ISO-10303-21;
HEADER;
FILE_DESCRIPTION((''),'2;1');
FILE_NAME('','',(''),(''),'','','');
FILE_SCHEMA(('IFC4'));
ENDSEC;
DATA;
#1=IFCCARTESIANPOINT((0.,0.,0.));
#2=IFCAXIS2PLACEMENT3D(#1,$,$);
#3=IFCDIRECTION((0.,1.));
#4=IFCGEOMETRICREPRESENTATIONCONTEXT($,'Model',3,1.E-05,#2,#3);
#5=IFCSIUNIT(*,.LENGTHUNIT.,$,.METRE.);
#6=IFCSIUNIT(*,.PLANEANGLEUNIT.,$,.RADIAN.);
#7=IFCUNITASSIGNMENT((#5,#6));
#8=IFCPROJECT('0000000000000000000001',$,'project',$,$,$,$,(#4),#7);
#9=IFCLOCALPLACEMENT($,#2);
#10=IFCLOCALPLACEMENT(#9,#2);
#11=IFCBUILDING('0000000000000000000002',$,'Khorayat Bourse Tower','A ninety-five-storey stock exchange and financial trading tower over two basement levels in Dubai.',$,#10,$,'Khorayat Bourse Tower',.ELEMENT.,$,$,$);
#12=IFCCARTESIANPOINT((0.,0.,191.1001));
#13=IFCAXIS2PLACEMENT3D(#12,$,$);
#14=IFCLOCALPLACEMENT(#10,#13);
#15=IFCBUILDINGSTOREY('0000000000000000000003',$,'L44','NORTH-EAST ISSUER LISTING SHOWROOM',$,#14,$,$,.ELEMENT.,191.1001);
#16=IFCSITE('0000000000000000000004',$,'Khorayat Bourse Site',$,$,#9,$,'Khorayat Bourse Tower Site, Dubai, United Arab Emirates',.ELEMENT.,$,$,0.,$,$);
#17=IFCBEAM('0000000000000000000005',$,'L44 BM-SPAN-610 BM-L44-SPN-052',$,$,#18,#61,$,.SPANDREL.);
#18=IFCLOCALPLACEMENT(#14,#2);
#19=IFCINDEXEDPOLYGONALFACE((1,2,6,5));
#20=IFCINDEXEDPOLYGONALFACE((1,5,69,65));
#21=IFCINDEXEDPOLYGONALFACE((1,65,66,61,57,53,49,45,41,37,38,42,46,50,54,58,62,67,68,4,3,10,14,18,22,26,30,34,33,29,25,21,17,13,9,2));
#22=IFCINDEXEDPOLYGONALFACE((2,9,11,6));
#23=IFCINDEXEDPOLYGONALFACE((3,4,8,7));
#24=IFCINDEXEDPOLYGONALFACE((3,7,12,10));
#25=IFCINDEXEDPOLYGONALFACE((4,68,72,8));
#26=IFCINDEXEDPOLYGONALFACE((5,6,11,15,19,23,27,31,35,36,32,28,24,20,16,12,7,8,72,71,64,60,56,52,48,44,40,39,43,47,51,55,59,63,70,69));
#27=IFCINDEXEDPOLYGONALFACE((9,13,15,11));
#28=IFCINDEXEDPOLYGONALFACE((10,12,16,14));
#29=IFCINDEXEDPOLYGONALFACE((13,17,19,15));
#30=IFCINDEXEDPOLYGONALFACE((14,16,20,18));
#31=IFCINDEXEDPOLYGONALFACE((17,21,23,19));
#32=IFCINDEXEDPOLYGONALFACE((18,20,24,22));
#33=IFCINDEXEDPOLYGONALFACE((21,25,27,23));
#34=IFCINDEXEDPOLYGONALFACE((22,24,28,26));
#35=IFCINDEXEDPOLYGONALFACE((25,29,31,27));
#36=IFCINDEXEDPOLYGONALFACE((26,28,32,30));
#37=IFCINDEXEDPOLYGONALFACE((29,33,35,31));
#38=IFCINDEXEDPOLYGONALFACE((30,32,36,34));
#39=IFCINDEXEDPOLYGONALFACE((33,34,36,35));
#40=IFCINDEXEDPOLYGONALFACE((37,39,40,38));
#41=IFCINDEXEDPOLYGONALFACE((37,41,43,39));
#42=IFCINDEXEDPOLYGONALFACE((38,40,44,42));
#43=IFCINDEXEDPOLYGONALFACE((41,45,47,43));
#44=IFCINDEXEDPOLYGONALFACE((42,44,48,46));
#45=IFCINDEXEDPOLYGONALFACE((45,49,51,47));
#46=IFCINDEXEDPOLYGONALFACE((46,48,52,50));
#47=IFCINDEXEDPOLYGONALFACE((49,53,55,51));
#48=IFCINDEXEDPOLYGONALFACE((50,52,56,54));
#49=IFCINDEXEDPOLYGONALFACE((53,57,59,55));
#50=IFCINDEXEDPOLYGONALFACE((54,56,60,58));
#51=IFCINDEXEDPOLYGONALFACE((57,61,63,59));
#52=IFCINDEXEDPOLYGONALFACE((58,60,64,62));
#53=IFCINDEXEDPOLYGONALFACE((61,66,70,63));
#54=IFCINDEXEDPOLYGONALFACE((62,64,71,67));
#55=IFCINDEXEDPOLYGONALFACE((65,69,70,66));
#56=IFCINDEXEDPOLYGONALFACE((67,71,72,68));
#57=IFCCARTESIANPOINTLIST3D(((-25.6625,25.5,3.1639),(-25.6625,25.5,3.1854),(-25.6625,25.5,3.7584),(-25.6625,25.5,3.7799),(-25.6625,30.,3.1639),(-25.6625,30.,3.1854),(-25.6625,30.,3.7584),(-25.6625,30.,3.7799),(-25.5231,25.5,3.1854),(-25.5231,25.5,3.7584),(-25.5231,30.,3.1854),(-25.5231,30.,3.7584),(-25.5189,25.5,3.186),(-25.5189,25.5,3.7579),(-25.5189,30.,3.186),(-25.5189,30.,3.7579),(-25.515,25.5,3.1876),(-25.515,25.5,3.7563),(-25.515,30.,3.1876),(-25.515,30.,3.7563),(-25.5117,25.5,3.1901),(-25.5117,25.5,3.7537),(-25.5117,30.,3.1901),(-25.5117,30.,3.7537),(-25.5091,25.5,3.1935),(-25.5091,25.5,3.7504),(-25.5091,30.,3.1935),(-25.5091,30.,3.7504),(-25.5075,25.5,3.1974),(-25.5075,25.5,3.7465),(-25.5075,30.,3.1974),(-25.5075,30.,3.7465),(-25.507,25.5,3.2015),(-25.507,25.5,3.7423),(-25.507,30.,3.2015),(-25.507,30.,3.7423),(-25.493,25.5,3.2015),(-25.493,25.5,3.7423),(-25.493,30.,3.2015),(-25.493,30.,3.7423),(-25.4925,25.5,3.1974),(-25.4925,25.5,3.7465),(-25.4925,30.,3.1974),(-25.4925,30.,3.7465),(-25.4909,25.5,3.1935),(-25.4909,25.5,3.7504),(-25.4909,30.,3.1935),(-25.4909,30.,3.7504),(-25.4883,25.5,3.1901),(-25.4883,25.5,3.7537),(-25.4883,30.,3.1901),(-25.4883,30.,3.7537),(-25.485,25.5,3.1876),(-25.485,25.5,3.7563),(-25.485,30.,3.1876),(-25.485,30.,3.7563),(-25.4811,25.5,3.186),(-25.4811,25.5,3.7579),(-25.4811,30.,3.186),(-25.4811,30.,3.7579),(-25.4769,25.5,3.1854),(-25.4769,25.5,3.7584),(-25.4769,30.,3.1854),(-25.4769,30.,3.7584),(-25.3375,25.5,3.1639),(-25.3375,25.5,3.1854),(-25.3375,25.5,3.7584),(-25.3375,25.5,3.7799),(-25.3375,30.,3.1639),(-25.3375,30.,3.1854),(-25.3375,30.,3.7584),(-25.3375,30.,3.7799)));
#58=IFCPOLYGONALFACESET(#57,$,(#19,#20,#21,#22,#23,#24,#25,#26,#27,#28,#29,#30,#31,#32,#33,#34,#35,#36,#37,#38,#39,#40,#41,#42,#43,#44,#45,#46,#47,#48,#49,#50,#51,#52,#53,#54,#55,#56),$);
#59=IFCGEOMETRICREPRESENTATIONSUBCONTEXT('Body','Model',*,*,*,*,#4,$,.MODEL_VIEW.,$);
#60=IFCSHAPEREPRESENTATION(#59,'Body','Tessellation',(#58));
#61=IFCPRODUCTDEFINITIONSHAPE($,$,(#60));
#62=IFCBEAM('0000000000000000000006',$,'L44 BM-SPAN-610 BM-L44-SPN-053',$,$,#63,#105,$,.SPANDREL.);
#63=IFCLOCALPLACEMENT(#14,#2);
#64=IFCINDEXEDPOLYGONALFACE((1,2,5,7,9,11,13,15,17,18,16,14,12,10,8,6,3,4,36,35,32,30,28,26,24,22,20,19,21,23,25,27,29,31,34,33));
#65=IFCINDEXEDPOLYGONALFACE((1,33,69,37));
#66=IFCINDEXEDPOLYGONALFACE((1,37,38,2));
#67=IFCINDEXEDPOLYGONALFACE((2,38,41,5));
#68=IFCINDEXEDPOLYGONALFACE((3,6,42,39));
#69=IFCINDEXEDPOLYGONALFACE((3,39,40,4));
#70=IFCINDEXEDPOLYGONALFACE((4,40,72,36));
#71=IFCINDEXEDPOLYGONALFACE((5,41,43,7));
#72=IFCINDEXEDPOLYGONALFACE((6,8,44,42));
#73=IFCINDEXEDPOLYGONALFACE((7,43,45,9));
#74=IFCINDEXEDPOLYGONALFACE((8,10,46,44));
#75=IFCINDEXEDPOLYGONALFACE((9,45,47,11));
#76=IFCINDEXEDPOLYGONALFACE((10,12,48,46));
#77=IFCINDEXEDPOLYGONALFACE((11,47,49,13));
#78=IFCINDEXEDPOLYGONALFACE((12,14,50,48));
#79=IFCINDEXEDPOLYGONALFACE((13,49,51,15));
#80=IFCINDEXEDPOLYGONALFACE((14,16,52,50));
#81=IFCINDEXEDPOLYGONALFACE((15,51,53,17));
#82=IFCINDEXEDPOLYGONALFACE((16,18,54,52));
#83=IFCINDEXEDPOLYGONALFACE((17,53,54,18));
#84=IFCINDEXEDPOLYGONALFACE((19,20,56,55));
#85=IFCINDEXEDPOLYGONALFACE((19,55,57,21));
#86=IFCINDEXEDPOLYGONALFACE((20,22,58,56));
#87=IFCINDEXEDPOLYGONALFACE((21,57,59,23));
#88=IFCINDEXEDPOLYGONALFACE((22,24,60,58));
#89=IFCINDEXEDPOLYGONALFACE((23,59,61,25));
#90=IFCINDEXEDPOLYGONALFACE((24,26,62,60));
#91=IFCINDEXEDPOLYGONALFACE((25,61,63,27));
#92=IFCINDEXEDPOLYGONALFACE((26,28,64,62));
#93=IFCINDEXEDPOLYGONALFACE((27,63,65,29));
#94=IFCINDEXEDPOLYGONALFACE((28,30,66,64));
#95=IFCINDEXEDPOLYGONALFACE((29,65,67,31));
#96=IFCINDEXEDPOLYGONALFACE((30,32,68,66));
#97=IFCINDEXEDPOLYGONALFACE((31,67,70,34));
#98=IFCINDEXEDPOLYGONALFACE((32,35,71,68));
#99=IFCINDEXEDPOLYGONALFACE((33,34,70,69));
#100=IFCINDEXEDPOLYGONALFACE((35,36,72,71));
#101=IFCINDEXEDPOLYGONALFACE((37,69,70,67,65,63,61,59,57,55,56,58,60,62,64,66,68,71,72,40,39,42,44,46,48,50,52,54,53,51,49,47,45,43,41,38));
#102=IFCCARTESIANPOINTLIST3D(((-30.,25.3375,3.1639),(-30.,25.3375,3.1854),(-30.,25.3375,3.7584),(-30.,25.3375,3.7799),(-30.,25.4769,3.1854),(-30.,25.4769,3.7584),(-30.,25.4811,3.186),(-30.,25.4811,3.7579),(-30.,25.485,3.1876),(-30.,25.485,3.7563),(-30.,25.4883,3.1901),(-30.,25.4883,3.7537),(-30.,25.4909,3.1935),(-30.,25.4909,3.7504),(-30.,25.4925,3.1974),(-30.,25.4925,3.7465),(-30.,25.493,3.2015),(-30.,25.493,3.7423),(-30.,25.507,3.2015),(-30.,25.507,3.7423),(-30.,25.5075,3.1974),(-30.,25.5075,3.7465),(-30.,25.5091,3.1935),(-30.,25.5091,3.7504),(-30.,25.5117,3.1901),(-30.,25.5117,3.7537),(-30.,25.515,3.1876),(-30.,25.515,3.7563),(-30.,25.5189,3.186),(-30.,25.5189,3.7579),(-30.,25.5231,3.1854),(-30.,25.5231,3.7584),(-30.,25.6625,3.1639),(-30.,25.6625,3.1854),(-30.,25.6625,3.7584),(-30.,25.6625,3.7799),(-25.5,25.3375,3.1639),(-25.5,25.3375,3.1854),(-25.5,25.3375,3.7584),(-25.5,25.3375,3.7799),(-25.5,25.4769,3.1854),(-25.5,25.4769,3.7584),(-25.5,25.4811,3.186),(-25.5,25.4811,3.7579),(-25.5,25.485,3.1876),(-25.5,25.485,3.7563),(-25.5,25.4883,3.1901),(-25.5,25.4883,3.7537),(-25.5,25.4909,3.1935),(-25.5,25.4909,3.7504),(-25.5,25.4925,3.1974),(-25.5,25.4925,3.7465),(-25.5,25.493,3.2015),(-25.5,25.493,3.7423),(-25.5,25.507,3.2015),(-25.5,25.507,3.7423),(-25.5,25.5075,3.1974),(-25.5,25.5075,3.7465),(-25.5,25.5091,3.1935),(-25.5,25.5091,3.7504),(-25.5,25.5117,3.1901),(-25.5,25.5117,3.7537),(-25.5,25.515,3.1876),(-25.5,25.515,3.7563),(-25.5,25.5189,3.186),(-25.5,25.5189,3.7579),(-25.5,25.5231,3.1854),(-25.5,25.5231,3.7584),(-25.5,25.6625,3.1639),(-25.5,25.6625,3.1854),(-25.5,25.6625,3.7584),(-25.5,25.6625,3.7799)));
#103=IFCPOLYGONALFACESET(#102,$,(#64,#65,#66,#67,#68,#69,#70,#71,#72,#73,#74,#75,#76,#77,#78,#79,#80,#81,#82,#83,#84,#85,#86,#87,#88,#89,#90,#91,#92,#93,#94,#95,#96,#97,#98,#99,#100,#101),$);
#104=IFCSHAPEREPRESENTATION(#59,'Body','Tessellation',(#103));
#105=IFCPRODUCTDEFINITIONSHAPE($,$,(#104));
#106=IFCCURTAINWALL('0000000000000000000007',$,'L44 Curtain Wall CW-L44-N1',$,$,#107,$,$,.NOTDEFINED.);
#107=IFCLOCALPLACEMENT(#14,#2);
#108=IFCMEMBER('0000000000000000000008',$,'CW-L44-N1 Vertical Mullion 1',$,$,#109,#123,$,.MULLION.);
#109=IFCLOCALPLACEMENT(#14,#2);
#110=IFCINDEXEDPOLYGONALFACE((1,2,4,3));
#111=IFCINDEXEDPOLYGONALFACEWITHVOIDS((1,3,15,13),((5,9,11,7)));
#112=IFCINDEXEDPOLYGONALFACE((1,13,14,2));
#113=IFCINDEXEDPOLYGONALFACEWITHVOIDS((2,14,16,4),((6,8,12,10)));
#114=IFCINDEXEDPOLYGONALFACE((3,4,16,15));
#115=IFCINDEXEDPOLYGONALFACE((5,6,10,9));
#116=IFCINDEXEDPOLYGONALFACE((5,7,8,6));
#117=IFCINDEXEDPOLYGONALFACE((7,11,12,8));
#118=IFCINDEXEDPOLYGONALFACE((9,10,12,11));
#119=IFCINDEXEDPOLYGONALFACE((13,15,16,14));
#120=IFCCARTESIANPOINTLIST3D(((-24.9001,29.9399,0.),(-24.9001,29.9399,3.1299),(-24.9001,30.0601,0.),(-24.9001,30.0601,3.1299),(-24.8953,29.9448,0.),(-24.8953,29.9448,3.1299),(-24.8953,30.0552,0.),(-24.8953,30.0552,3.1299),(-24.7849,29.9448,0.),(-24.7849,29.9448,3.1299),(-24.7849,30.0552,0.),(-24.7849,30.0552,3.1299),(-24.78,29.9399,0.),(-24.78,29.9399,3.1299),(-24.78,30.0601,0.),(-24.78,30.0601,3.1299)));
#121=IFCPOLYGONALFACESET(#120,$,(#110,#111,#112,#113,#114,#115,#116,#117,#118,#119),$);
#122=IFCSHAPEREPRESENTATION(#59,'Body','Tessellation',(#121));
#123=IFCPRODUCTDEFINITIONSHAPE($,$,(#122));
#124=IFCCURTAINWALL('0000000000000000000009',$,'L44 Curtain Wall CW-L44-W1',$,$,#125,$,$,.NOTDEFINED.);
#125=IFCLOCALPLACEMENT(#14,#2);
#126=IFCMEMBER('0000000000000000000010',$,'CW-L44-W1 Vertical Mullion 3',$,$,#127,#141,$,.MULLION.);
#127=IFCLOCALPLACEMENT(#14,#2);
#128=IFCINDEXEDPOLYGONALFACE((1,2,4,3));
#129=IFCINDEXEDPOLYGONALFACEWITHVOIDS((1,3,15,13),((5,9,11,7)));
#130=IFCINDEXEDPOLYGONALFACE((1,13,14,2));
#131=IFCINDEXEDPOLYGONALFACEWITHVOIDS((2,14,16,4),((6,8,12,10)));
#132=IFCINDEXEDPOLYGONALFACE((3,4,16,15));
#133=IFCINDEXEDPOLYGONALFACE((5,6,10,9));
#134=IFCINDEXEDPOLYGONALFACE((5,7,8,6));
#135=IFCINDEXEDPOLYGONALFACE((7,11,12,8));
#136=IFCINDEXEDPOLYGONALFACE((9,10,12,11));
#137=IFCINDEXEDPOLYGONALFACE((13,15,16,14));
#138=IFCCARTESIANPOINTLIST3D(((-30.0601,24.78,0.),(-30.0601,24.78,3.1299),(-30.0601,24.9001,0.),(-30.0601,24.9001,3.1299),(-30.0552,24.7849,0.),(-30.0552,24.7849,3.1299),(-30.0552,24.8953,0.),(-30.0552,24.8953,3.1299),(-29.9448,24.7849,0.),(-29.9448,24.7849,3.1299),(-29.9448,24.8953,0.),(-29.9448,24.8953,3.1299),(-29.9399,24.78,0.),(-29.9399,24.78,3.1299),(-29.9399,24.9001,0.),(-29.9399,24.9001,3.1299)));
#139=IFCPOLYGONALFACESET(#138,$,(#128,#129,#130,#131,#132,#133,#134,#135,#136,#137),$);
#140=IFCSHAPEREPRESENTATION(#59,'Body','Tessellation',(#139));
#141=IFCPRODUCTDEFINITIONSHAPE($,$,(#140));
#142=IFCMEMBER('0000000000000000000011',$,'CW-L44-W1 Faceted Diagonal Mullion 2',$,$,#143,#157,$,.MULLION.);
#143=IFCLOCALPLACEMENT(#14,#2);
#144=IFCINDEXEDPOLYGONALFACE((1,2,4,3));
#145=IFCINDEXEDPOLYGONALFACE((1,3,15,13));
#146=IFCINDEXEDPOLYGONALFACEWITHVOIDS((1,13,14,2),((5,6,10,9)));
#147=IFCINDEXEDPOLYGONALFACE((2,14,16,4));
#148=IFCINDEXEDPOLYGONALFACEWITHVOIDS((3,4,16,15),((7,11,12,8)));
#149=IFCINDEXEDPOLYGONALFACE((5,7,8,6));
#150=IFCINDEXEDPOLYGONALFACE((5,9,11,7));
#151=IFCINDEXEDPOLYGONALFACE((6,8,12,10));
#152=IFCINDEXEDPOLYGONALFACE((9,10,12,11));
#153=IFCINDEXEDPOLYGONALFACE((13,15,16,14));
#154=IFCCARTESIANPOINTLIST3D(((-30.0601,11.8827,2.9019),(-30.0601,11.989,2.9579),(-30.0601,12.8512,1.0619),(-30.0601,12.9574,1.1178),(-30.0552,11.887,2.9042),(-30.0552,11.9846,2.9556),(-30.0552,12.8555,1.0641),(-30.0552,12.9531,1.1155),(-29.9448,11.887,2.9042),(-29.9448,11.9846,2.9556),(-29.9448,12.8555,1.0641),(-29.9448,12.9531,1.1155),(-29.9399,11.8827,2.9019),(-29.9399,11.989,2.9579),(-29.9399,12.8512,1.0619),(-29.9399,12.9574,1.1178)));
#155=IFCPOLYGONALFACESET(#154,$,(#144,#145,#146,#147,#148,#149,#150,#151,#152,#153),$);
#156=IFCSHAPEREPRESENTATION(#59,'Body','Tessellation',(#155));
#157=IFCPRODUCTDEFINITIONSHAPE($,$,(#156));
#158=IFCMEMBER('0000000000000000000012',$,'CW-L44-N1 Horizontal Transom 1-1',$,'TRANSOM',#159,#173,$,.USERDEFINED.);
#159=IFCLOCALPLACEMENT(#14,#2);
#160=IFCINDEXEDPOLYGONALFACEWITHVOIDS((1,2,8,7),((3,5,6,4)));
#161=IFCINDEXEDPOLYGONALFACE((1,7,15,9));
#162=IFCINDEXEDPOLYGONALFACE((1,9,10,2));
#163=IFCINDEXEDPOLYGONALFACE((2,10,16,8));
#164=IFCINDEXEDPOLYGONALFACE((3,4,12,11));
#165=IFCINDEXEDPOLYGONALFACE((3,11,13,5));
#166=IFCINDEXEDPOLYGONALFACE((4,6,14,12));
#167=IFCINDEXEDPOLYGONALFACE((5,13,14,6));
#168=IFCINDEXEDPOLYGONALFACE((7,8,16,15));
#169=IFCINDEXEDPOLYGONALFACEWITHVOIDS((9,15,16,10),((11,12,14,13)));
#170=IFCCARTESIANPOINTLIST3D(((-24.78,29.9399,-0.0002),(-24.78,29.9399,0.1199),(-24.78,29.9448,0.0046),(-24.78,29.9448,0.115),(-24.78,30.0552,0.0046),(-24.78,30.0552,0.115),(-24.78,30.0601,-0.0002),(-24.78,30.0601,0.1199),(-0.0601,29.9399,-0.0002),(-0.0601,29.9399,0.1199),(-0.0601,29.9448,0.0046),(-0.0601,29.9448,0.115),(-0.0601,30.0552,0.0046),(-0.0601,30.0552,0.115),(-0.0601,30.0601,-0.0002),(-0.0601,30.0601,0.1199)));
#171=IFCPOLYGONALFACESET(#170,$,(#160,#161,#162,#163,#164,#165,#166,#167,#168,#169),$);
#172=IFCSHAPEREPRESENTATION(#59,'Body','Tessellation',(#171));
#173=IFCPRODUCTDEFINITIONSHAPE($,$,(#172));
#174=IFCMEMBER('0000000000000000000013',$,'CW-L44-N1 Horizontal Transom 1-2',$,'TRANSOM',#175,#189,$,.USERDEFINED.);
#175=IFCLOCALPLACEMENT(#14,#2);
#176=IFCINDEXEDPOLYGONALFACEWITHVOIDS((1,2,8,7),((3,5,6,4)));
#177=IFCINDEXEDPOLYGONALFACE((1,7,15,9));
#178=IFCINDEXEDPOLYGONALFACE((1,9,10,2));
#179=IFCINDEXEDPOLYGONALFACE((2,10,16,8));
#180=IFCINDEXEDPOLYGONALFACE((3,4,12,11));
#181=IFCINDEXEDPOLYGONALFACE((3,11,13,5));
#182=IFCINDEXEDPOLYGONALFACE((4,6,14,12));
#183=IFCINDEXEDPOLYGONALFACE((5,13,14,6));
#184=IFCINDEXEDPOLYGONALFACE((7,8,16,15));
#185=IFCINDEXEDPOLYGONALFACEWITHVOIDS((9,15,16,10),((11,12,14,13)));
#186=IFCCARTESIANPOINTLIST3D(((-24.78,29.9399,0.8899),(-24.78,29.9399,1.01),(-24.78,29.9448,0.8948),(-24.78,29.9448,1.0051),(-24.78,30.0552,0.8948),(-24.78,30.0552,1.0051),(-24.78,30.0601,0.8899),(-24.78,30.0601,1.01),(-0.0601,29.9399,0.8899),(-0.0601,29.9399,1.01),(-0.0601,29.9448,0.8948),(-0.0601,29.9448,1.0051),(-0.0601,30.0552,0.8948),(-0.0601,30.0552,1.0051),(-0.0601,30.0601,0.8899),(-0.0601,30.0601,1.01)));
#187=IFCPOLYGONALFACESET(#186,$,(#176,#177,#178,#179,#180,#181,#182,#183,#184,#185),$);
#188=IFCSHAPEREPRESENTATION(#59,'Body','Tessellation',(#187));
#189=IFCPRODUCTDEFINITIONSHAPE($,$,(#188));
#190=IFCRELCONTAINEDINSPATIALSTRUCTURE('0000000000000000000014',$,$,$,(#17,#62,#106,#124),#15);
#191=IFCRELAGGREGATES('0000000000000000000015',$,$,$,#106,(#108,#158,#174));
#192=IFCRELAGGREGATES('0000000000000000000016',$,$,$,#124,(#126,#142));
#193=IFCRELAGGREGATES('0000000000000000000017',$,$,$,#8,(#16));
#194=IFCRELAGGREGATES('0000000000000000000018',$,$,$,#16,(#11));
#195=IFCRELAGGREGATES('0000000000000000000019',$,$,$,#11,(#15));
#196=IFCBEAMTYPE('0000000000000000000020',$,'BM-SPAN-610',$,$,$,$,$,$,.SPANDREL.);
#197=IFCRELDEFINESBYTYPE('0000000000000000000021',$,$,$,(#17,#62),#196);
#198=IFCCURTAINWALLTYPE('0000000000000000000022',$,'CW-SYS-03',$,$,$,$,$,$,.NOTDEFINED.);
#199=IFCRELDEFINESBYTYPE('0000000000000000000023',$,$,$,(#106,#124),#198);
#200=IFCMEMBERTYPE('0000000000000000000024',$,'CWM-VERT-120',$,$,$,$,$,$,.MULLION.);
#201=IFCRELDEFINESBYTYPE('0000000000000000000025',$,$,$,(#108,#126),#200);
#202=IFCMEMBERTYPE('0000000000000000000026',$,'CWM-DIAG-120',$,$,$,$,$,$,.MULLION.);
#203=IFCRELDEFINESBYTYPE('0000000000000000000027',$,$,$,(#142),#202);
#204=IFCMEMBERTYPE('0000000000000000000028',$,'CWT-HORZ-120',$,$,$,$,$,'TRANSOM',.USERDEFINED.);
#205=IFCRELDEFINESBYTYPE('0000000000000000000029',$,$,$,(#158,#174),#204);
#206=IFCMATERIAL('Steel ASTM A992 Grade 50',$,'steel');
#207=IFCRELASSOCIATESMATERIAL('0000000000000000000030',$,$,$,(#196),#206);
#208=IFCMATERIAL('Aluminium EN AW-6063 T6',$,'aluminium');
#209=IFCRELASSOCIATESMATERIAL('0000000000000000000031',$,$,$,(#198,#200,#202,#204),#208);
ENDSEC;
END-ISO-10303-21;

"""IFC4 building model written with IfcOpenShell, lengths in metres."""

from ifc_helpers import new_model, si_unit, direction, frame, origin, origin_2d, place, context, subcontext, project, spatial, hollow_rectangle, i_section, extrude, source, transform, mapped, material, material_profile, profile_set, type_object, element, aggregate, save


model = new_model("IFC4")

# Units and contexts
model_context = context("Model", 3, precision=1e-05, world=origin(), true_north=direction((0.0, 1.0)))
body_context = subcontext(model_context, "Body", "Model", "MODEL_VIEW")
ifc_project = project(units=[si_unit("LENGTHUNIT", "METRE"), si_unit("PLANEANGLEUNIT", "RADIAN")], contexts=[model_context])

# Site, building, storey
site_placement = place(None, origin())
site = spatial("IfcSite", under=ifc_project, at=site_placement, Name="Khorayat Bourse Site", LongName="Khorayat Bourse Tower Site, Dubai, United Arab Emirates", CompositionType="ELEMENT", RefElevation=0.0)
building_placement = place(site_placement, origin())
building = spatial("IfcBuilding", under=site, at=building_placement, Name="Khorayat Bourse Tower", Description="A ninety-five-storey stock exchange and financial trading tower over two basement levels in Dubai.", LongName="Khorayat Bourse Tower", CompositionType="ELEMENT")
storey_placement = place(building_placement, frame((0.0, 0.0, 191.1001)))
storey = spatial("IfcBuildingStorey", under=building, at=storey_placement, Name="L44", Description="NORTH-EAST ISSUER LISTING SHOWROOM", CompositionType="ELEMENT", Elevation=191.1001)

# Beams
ifc_material_1 = material(Name="Steel ASTM A992 Grade 50", Category="steel")
ifc_material_profile_1 = material_profile(ifc_material_1, i_section(OverallWidth=0.325, OverallDepth=0.616, WebThickness=0.0139, FlangeThickness=0.0215, FilletRadius=0.0161, at=origin_2d()), Name="W610X174")
ifc_profile_set_1 = profile_set([ifc_material_profile_1], Name="Steel ASTM A992 Grade 50")
beam_type_1 = type_object("IfcBeamType", Name="BM-SPAN-610", PredefinedType="SPANDREL", material=ifc_profile_set_1)
shared_shape_1 = source(origin(), body_context, "Body", "SweptSolid", [
    extrude(i_section(OverallWidth=0.325, OverallDepth=0.616, WebThickness=0.0139, FlangeThickness=0.0215, FilletRadius=0.0161, at=origin_2d()), origin(), (0.0, 0.0, 1.0), 4.5),
])
for number, where, z_axis, x_axis, name in (
    (1, (-25.5, 25.5, 3.4719), (0.0, 1.0, 0.0), (-1.0, 0.0, 0.0), "L44 BM-SPAN-610 BM-L44-SPN-052"),
    (2, (-30.0, 25.5, 3.4719), (1.0, 0.0, 0.0), (0.0, 1.0, 0.0), "L44 BM-SPAN-610 BM-L44-SPN-053"),
):
    element("IfcBeam", number, at=place(storey_placement, frame(where, z_axis=z_axis, x_axis=x_axis)), inside=storey, type_object=beam_type_1, Name=name, PredefinedType="SPANDREL", context=body_context, shape_type="MappedRepresentation", body=[
        mapped(shared_shape_1, transform((0.0, 0.0, 0.0), scale=1.0)),
    ])

# Curtain wall, member
ifc_material_2 = material(Name="Aluminium EN AW-6063 T6", Category="aluminium")
curtain_wall_type = type_object("IfcCurtainWallType", Name="CW-SYS-03", PredefinedType="NOTDEFINED", material=ifc_material_2)
curtain_wall_1_placement = place(storey_placement, origin())
curtain_wall_1 = element("IfcCurtainWall", 3, at=curtain_wall_1_placement, inside=storey, type_object=curtain_wall_type, Name="L44 Curtain Wall CW-L44-N1", PredefinedType="NOTDEFINED")
ifc_material_profile_2 = material_profile(ifc_material_2, hollow_rectangle(XDim=0.1201, YDim=0.1201, WallThickness=0.0049, at=origin_2d()), Name="ALU 120x120x5")
ifc_profile_set_2 = profile_set([ifc_material_profile_2], Name="Aluminium EN AW-6063 T6")
member_type_1 = type_object("IfcMemberType", Name="CWM-VERT-120", PredefinedType="MULLION", material=ifc_profile_set_2)
shared_shape_2 = source(origin(), body_context, "Body", "SweptSolid", [
    extrude(hollow_rectangle(XDim=0.1201, YDim=0.1201, WallThickness=0.0049, at=origin_2d()), origin(), (0.0, 0.0, 1.0), 3.1299),
])
member_1_placement = place(storey_placement, frame((-24.8401, 30.0, 0.0), z_axis=(0.0, 0.0, 1.0), x_axis=(0.0, 1.0, 0.0)))
member_1 = element("IfcMember", 4, at=member_1_placement, type_object=member_type_1, Name="CW-L44-N1 Vertical Mullion 1", PredefinedType="MULLION", context=body_context, shape_type="MappedRepresentation", body=[
    mapped(shared_shape_2, transform((0.0, 0.0, 0.0), scale=1.0)),
])

# Curtain wall, members
curtain_wall_2_placement = place(storey_placement, origin())
curtain_wall_2 = element("IfcCurtainWall", 5, at=curtain_wall_2_placement, inside=storey, type_object=curtain_wall_type, Name="L44 Curtain Wall CW-L44-W1", PredefinedType="NOTDEFINED")
member_2_placement = place(storey_placement, frame((-30.0, 24.8401, 0.0), z_axis=(0.0, 0.0, 1.0), x_axis=(-1.0, 0.0, 0.0)))
member_2 = element("IfcMember", 6, at=member_2_placement, type_object=member_type_1, Name="CW-L44-W1 Vertical Mullion 3", PredefinedType="MULLION", context=body_context, shape_type="MappedRepresentation", body=[
    mapped(shared_shape_2, transform((0.0, 0.0, 0.0), scale=1.0)),
])
ifc_material_profile_3 = material_profile(ifc_material_2, hollow_rectangle(XDim=0.1201, YDim=0.1201, WallThickness=0.0049, at=origin_2d()), Name="ALU 120x120x5")
ifc_profile_set_3 = profile_set([ifc_material_profile_3], Name="Aluminium EN AW-6063 T6")
member_type_2 = type_object("IfcMemberType", Name="CWM-DIAG-120", PredefinedType="MULLION", material=ifc_profile_set_3)
shared_shape_3 = source(origin(), body_context, "Body", "SweptSolid", [
    extrude(hollow_rectangle(XDim=0.1201, YDim=0.1201, WallThickness=0.0049, at=origin_2d()), origin(), (0.0, 0.0, 1.0), 2.0793),
])
member_3_placement = place(storey_placement, frame((-30.0, 12.9043, 1.0898), z_axis=(0.0, -0.465761, 0.884911), x_axis=(1.0, 0.0, 0.0)))
member_3 = element("IfcMember", 7, at=member_3_placement, type_object=member_type_2, Name="CW-L44-W1 Faceted Diagonal Mullion 2", PredefinedType="MULLION", context=body_context, shape_type="MappedRepresentation", body=[
    mapped(shared_shape_3, transform((0.0, 0.0, 0.0), scale=1.0)),
])

# Members
ifc_material_profile_4 = material_profile(ifc_material_2, hollow_rectangle(XDim=0.1201, YDim=0.1201, WallThickness=0.0049, at=origin_2d()), Name="ALU 120x120x5")
ifc_profile_set_4 = profile_set([ifc_material_profile_4], Name="Aluminium EN AW-6063 T6")
member_type_3 = type_object("IfcMemberType", Name="CWT-HORZ-120", ElementType="TRANSOM", PredefinedType="USERDEFINED", material=ifc_profile_set_4)
shared_shape_4 = source(origin(), body_context, "Body", "SweptSolid", [
    extrude(hollow_rectangle(XDim=0.1201, YDim=0.1201, WallThickness=0.0049, at=origin_2d()), origin(), (0.0, 0.0, 1.0), 24.72),
])
member_4_placement = place(storey_placement, frame((-24.78, 30.0, 0.0598), z_axis=(1.0, 0.0, 0.0), x_axis=(0.0, 1.0, 0.0)))
member_4 = element("IfcMember", 8, at=member_4_placement, type_object=member_type_3, Name="CW-L44-N1 Horizontal Transom 1-1", ObjectType="TRANSOM", PredefinedType="USERDEFINED", context=body_context, shape_type="MappedRepresentation", body=[
    mapped(shared_shape_4, transform((0.0, 0.0, 0.0), scale=1.0)),
])
member_5_placement = place(storey_placement, frame((-24.78, 30.0, 0.95), z_axis=(1.0, 0.0, 0.0), x_axis=(0.0, 1.0, 0.0)))
member_5 = element("IfcMember", 9, at=member_5_placement, type_object=member_type_3, Name="CW-L44-N1 Horizontal Transom 1-2", ObjectType="TRANSOM", PredefinedType="USERDEFINED", context=body_context, shape_type="MappedRepresentation", body=[
    mapped(shared_shape_4, transform((0.0, 0.0, 0.0), scale=1.0)),
])
aggregate(curtain_wall_1, [member_1, member_4, member_5])

aggregate(curtain_wall_2, [member_2, member_3])

save(model, "model.ifc")
